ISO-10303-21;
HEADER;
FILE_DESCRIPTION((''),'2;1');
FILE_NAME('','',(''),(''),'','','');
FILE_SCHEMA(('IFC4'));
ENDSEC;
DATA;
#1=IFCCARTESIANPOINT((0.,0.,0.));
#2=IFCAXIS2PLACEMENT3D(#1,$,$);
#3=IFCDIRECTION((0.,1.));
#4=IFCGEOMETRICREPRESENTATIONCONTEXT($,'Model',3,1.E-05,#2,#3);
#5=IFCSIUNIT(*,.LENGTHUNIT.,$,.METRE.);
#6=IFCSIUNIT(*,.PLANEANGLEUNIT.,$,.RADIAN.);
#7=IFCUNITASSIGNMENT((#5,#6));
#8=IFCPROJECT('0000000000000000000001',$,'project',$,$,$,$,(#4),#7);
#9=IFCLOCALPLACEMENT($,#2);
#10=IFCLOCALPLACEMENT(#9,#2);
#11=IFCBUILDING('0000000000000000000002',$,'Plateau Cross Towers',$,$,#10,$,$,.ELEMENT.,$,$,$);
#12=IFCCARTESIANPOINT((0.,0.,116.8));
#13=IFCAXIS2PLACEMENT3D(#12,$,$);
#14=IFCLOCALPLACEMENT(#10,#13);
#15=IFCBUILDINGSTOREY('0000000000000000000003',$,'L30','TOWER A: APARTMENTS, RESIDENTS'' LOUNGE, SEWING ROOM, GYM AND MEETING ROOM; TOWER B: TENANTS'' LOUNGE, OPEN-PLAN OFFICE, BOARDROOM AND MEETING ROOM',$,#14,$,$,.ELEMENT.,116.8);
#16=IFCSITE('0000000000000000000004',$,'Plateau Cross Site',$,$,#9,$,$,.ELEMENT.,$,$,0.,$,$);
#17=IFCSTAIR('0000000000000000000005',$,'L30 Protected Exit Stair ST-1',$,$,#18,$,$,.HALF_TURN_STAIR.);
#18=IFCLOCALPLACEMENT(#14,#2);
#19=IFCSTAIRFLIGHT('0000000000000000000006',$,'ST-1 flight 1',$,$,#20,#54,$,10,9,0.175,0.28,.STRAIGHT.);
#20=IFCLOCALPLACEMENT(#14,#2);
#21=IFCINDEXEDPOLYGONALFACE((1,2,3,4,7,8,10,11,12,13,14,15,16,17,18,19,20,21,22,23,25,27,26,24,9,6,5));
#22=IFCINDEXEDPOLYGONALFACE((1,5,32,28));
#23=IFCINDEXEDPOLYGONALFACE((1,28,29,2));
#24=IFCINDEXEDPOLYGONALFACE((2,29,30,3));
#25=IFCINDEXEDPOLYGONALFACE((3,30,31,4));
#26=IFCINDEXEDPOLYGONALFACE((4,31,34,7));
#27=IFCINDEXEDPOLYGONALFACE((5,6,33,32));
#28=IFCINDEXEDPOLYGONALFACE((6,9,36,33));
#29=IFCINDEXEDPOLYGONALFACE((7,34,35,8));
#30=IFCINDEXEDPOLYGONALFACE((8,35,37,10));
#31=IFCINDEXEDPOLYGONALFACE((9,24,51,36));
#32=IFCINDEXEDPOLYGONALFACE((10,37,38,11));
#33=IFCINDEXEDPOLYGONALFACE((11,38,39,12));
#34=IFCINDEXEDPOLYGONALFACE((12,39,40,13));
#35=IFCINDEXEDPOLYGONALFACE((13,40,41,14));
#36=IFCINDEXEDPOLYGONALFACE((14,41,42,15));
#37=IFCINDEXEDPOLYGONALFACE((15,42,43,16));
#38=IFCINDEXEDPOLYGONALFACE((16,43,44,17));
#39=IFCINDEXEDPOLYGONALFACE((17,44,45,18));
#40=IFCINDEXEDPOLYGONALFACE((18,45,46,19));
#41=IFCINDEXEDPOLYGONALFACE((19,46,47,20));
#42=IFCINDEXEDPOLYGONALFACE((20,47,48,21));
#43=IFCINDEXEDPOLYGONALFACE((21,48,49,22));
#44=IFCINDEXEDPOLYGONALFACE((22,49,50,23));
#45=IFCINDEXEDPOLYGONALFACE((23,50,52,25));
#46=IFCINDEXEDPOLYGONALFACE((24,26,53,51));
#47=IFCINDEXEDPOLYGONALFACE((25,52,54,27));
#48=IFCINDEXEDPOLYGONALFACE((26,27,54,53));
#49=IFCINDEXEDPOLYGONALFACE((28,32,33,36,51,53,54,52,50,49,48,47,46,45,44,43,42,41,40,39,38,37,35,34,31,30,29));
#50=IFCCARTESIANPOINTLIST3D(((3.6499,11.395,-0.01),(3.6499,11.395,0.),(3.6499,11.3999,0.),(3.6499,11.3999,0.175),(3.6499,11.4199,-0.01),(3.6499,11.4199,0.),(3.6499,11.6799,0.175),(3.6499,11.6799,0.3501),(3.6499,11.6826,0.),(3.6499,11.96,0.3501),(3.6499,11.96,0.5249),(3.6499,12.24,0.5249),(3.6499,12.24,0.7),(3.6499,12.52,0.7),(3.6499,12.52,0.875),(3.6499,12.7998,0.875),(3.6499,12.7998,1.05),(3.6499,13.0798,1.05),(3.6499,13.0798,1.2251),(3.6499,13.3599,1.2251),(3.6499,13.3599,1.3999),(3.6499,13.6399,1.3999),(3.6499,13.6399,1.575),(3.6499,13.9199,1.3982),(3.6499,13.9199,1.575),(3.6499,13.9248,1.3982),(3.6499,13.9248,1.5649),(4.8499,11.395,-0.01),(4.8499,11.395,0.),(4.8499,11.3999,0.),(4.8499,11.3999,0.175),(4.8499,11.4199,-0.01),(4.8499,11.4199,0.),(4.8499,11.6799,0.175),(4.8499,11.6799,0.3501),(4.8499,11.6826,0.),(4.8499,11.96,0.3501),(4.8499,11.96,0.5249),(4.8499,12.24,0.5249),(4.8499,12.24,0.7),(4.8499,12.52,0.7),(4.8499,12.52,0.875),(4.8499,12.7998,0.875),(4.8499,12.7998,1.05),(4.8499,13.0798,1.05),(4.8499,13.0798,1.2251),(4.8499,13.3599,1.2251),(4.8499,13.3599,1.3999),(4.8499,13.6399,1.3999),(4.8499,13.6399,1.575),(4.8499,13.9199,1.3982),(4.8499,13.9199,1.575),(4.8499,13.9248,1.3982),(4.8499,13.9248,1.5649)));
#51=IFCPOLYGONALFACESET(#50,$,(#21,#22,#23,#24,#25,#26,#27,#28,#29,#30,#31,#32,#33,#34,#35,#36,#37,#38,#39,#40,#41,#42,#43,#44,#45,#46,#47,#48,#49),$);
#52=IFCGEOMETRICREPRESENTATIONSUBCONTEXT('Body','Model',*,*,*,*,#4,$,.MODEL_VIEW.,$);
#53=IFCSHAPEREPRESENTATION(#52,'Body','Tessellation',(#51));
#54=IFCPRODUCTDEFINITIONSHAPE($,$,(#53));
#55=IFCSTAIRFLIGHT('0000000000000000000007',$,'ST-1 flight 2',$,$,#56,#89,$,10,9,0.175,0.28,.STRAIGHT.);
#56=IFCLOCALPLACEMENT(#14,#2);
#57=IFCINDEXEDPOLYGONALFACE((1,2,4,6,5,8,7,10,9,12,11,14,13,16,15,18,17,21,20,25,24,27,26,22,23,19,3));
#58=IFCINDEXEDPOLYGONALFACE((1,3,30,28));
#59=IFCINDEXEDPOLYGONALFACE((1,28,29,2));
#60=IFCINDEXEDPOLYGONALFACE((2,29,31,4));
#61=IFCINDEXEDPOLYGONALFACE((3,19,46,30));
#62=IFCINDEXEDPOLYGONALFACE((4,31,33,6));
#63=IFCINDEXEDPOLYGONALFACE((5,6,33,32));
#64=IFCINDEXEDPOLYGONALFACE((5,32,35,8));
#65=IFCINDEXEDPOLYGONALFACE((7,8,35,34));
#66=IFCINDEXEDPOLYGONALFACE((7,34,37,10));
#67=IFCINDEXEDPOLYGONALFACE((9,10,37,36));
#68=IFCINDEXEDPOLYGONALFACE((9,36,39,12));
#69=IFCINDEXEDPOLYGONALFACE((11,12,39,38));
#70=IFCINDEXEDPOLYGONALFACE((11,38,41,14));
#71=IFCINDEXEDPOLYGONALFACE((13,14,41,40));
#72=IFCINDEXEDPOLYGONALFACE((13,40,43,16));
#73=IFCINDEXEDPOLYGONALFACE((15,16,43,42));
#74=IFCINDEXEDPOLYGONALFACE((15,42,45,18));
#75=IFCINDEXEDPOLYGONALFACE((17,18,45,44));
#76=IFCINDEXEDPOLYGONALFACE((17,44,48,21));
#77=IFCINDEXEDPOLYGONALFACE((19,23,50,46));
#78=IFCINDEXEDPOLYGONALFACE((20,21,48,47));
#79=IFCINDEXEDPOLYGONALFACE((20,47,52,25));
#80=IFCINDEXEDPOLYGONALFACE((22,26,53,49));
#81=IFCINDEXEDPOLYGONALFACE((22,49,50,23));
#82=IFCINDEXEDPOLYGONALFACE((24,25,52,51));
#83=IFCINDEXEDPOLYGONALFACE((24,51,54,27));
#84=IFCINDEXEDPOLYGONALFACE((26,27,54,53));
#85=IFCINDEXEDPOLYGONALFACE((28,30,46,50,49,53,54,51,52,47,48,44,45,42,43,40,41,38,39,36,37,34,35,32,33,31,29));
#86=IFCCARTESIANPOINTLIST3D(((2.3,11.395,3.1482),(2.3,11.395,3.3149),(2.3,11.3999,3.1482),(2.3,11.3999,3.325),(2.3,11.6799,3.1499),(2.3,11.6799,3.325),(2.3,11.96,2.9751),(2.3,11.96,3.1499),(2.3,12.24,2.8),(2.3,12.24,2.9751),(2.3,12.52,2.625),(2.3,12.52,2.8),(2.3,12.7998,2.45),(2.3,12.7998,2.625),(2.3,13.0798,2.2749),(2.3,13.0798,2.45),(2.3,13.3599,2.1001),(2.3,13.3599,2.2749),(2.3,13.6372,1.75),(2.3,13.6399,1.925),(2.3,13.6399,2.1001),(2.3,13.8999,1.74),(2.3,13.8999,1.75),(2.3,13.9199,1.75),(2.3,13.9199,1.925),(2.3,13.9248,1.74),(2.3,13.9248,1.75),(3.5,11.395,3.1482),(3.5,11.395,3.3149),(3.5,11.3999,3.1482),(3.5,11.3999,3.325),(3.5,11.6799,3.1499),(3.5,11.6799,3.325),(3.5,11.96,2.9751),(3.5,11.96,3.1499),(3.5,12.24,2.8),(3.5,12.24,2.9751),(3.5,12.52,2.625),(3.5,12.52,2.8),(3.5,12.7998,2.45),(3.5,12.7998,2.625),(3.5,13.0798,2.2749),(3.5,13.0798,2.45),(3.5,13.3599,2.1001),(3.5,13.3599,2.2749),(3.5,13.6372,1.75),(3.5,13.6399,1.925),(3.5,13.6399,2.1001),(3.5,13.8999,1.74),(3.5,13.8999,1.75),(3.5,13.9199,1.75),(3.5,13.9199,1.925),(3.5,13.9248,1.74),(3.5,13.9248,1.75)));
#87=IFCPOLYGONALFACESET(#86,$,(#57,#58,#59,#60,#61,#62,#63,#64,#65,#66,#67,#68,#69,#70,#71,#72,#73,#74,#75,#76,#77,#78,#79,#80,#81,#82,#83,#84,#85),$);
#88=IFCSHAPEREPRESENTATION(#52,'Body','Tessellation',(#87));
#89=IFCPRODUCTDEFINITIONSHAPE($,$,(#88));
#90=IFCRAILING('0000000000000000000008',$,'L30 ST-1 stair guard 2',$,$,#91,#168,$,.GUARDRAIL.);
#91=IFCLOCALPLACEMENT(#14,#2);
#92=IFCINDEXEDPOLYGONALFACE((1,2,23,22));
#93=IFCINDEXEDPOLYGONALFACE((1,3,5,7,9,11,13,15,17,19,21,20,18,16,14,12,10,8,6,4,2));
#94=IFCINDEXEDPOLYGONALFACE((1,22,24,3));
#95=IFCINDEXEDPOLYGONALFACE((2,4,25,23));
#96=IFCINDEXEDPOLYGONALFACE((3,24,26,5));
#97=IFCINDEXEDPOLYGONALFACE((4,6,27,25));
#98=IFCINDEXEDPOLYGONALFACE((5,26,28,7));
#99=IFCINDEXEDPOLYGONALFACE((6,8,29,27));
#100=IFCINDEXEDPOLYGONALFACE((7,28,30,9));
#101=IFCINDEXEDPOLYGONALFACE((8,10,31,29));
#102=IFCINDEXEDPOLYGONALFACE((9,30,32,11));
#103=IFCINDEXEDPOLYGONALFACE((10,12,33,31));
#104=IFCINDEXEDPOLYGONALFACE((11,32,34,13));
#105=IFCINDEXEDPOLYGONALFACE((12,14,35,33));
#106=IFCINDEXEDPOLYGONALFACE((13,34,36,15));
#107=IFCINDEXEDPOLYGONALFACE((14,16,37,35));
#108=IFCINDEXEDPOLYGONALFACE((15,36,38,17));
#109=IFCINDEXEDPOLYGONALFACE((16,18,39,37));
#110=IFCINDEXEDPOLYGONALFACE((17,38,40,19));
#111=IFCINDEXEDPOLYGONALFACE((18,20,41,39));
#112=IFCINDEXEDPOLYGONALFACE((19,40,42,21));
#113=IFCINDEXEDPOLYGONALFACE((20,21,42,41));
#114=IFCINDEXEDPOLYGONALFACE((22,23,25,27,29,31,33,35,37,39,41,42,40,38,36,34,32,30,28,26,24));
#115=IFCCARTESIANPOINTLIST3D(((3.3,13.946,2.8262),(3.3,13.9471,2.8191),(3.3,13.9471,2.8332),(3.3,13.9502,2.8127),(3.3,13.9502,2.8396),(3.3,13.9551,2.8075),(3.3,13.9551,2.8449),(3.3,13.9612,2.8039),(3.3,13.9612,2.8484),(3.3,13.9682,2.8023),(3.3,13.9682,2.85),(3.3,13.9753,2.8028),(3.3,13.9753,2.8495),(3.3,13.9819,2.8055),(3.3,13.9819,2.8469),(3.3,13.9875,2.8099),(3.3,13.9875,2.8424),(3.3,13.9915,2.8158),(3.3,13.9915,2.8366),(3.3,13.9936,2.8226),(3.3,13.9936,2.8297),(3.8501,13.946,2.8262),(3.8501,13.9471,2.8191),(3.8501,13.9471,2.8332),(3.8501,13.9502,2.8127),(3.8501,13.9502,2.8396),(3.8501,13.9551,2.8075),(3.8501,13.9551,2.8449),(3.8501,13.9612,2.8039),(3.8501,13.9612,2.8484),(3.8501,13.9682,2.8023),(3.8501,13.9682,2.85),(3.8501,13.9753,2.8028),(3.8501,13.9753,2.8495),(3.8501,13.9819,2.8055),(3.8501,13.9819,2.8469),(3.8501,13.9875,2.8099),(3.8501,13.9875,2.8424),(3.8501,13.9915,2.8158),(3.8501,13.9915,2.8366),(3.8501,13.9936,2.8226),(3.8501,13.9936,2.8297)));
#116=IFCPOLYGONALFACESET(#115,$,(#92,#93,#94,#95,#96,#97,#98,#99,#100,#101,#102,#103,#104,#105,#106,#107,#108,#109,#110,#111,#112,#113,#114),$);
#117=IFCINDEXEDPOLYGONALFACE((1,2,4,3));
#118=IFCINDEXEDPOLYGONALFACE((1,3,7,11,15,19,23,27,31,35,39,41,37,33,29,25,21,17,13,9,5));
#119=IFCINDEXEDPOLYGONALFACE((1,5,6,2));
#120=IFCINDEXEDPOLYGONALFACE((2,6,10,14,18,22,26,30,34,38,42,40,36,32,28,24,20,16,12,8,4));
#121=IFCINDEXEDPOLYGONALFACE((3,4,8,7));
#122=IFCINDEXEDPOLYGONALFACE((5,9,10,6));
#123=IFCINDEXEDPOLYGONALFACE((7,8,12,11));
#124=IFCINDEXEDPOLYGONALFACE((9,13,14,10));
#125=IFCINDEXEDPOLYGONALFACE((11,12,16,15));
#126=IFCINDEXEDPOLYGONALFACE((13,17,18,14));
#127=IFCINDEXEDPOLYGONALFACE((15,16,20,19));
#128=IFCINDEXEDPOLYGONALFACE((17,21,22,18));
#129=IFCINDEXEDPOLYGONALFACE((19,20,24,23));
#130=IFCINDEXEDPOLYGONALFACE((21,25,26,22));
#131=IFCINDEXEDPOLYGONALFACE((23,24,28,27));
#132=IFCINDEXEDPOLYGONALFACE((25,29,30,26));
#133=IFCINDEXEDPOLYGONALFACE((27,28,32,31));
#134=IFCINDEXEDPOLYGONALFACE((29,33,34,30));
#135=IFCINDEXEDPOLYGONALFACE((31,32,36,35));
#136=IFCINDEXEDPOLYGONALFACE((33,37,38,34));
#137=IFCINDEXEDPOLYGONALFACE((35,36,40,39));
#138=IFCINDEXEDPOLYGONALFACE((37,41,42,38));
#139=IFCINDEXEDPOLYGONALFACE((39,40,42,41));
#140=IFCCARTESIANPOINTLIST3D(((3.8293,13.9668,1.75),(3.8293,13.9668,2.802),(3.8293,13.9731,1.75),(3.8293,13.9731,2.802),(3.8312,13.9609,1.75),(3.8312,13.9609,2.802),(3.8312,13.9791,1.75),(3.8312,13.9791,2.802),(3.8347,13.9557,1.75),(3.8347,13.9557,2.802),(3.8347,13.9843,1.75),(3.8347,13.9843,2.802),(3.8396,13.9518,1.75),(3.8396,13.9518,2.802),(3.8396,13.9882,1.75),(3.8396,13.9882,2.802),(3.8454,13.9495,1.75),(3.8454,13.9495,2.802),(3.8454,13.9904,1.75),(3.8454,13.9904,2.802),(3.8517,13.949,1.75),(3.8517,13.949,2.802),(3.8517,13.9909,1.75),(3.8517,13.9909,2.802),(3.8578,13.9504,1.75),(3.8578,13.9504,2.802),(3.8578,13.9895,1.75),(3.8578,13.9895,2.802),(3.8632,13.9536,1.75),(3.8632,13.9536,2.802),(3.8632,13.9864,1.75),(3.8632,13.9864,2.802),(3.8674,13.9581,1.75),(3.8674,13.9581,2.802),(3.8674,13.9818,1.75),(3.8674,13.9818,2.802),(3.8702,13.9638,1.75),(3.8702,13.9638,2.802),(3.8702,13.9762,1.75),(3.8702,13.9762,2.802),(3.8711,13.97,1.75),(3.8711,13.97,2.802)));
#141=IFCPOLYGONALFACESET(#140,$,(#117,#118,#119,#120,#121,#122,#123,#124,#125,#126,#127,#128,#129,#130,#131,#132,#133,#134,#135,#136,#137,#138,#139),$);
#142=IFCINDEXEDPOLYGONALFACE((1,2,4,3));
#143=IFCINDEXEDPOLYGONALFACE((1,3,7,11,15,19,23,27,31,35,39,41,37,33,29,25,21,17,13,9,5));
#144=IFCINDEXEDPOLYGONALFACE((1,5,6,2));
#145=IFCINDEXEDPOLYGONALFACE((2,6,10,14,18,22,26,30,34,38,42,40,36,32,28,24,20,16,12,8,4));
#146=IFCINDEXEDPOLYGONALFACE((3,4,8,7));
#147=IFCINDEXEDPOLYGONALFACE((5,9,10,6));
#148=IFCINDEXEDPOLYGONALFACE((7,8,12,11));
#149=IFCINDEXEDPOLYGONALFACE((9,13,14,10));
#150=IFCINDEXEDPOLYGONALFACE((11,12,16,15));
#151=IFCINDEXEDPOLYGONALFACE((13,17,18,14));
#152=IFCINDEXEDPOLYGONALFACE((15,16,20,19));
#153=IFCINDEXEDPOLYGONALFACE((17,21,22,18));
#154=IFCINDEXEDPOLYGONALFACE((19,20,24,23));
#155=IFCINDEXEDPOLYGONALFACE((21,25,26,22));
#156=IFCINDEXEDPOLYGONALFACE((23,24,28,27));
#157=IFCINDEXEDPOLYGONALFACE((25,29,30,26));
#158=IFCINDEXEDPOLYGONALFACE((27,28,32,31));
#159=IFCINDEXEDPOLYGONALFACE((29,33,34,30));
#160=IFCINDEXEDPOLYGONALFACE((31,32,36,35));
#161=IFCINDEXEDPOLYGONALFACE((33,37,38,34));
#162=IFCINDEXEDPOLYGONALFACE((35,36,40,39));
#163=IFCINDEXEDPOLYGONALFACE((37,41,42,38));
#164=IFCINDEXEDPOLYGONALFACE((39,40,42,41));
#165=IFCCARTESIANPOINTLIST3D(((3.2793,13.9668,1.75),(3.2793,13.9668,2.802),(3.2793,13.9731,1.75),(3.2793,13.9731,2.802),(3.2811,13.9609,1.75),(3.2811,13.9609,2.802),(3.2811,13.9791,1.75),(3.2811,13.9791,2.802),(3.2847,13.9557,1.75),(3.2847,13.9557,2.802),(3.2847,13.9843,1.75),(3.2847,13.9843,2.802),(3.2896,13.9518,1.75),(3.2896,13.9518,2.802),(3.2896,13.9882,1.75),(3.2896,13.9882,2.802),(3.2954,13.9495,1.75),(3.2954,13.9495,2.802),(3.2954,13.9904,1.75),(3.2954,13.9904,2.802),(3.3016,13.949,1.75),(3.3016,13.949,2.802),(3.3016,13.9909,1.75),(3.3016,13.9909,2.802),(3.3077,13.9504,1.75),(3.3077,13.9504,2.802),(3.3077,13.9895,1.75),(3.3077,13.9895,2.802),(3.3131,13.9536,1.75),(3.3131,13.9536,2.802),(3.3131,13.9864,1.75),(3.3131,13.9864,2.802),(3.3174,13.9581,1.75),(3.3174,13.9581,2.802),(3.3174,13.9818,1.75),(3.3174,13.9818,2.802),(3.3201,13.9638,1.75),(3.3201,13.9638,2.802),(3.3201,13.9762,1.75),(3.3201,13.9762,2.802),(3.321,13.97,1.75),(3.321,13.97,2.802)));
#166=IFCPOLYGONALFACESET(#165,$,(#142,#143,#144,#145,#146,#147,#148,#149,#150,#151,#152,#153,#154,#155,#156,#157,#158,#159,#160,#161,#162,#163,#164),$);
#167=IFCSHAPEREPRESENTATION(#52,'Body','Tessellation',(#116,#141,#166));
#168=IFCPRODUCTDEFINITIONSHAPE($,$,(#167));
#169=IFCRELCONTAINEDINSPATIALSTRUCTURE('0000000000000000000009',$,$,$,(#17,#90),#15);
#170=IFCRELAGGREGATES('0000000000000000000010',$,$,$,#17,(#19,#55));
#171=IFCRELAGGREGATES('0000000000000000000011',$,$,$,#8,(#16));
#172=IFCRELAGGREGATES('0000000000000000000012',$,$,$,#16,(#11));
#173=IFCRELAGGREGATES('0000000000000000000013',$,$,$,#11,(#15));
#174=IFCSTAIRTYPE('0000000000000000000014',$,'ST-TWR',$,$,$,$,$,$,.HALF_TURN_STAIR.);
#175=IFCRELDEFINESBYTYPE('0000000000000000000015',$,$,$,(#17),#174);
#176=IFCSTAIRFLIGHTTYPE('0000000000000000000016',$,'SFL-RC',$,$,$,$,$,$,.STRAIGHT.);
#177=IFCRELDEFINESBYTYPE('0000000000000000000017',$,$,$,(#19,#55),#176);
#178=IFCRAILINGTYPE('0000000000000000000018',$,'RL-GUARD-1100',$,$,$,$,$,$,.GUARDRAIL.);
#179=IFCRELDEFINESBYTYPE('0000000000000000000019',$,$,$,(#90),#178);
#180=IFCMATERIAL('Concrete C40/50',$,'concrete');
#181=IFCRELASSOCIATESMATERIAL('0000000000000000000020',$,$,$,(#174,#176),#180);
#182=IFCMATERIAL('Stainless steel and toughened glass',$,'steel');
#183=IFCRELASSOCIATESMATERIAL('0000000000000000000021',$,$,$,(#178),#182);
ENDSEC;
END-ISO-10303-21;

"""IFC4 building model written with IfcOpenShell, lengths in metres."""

from ifc_helpers import new_model, si_unit, direction, frame, origin, origin_2d, place, context, subcontext, project, spatial, polyline, circle, outline, extrude, material, type_object, element, aggregate, save


model = new_model("IFC4")

# Units and contexts
model_context = context("Model", 3, precision=1e-05, world=origin(), true_north=direction((0.0, 1.0)))
body_context = subcontext(model_context, "Body", "Model", "MODEL_VIEW")
ifc_project = project(units=[si_unit("LENGTHUNIT", "METRE"), si_unit("PLANEANGLEUNIT", "RADIAN")], contexts=[model_context])

# Site, building, storey
site_placement = place(None, origin())
site = spatial("IfcSite", under=ifc_project, at=site_placement, Name="Plateau Cross Site", CompositionType="ELEMENT", RefElevation=0.0)
building_placement = place(site_placement, origin())
building = spatial("IfcBuilding", under=site, at=building_placement, Name="Plateau Cross Towers", CompositionType="ELEMENT")
storey_placement = place(building_placement, frame((0.0, 0.0, 116.8)))
storey = spatial("IfcBuildingStorey", under=building, at=storey_placement, Name="L30", Description="TOWER A: APARTMENTS, RESIDENTS' LOUNGE, SEWING ROOM, GYM AND MEETING ROOM; TOWER B: TENANTS' LOUNGE, OPEN-PLAN OFFICE, BOARDROOM AND MEETING ROOM", CompositionType="ELEMENT", Elevation=116.8)

# Stair, stair flights
ifc_material_1 = material(Name="Concrete C40/50", Category="concrete")
stair_type = type_object("IfcStairType", Name="ST-TWR", PredefinedType="HALF_TURN_STAIR", material=ifc_material_1)
stair_placement = place(storey_placement, origin())
stair = element("IfcStair", 1, at=stair_placement, inside=storey, type_object=stair_type, Name="L30 Protected Exit Stair ST-1", PredefinedType="HALF_TURN_STAIR")
stair_flight_type = type_object("IfcStairFlightType", Name="SFL-RC", PredefinedType="STRAIGHT", material=ifc_material_1)
stair_flight_1_placement = place(storey_placement, frame((4.25, 11.3999, 0.0), z_axis=(0.0, 0.0, 1.0), x_axis=(0.0, 1.0, 0.0)))
stair_flight_1 = element("IfcStairFlight", 2, at=stair_flight_1_placement, type_object=stair_flight_type, Name="ST-1 flight 1", NumberOfRisers=10, NumberOfTreads=9, PredefinedType="STRAIGHT", RiserHeight=0.175, TreadLength=0.28, context=body_context, shape_type="SweptSolid", body=[
    extrude(outline(polyline([(-0.0049, -0.01), (-0.0049, 0.0), (0.0, 0.0), (0.0, 0.175), (0.28, 0.175), (0.28, 0.3501), (0.5601, 0.3501), (0.5601, 0.5249), (0.8401, 0.5249), (0.8401, 0.7), (1.1201, 0.7), (1.1201, 0.875), (1.3999, 0.875), (1.3999, 1.05), (1.6799, 1.05), (1.6799, 1.2251), (1.96, 1.2251), (1.96, 1.3999), (2.24, 1.3999), (2.24, 1.575), (2.52, 1.575), (2.5249, 1.5649), (2.5249, 1.3982), (2.52, 1.3982), (0.2827, 0.0), (0.02, 0.0), (0.02, -0.01), (-0.0049, -0.01)])), frame((0.0, 0.6001, 0.0), z_axis=(0.0, -1.0, 0.0), x_axis=(1.0, 0.0, 0.0)), (0.0, 0.0, 1.0), 1.2),
])
stair_flight_2_placement = place(storey_placement, frame((2.8999, 13.9199, 1.75), z_axis=(0.0, 0.0, 1.0), x_axis=(0.0, -1.0, 0.0)))
stair_flight_2 = element("IfcStairFlight", 3, at=stair_flight_2_placement, type_object=stair_flight_type, Name="ST-1 flight 2", NumberOfRisers=10, NumberOfTreads=9, PredefinedType="STRAIGHT", RiserHeight=0.175, TreadLength=0.28, context=body_context, shape_type="SweptSolid", body=[
    extrude(outline(polyline([(-0.0049, -0.01), (-0.0049, 0.0), (0.0, 0.0), (0.0, 0.175), (0.28, 0.175), (0.28, 0.3501), (0.5601, 0.3501), (0.5601, 0.5249), (0.8401, 0.5249), (0.8401, 0.7), (1.1201, 0.7), (1.1201, 0.875), (1.3999, 0.875), (1.3999, 1.05), (1.6799, 1.05), (1.6799, 1.2251), (1.96, 1.2251), (1.96, 1.3999), (2.24, 1.3999), (2.24, 1.575), (2.52, 1.575), (2.5249, 1.5649), (2.5249, 1.3982), (2.52, 1.3982), (0.2827, 0.0), (0.02, 0.0), (0.02, -0.01), (-0.0049, -0.01)])), frame((0.0, 0.6001, 0.0), z_axis=(0.0, -1.0, 0.0), x_axis=(1.0, 0.0, 0.0)), (0.0, 0.0, 1.0), 1.2),
])
aggregate(stair, [stair_flight_1, stair_flight_2])

# Railing
ifc_material_2 = material(Name="Stainless steel and toughened glass", Category="steel")
railing_type_1 = type_object("IfcRailingType", Name="RL-GUARD-1100", PredefinedType="GUARDRAIL", material=ifc_material_2)
railing_1_placement = place(storey_placement, frame((3.8501, 13.97, 1.75)))
element("IfcRailing", 4, at=railing_1_placement, inside=storey, type_object=railing_type_1, Name="L30 ST-1 stair guard 2", PredefinedType="GUARDRAIL", context=body_context, shape_type="SweptSolid", body=[
    extrude(circle(Radius=0.0239, at=origin_2d()), frame((0.0, 0.0, 1.0762), z_axis=(-1.0, 0.0, 0.0), x_axis=(0.0, -1.0, 0.0)), (0.0, 0.0, 1.0), 0.55),
    extrude(circle(Radius=0.021, at=origin_2d()), origin(), (0.0, 0.0, 1.0), 1.052),
    extrude(circle(Radius=0.021, at=origin_2d()), frame((-0.55, 0.0, 0.0)), (0.0, 0.0, 1.0), 1.052),
])

save(model, "model.ifc")
